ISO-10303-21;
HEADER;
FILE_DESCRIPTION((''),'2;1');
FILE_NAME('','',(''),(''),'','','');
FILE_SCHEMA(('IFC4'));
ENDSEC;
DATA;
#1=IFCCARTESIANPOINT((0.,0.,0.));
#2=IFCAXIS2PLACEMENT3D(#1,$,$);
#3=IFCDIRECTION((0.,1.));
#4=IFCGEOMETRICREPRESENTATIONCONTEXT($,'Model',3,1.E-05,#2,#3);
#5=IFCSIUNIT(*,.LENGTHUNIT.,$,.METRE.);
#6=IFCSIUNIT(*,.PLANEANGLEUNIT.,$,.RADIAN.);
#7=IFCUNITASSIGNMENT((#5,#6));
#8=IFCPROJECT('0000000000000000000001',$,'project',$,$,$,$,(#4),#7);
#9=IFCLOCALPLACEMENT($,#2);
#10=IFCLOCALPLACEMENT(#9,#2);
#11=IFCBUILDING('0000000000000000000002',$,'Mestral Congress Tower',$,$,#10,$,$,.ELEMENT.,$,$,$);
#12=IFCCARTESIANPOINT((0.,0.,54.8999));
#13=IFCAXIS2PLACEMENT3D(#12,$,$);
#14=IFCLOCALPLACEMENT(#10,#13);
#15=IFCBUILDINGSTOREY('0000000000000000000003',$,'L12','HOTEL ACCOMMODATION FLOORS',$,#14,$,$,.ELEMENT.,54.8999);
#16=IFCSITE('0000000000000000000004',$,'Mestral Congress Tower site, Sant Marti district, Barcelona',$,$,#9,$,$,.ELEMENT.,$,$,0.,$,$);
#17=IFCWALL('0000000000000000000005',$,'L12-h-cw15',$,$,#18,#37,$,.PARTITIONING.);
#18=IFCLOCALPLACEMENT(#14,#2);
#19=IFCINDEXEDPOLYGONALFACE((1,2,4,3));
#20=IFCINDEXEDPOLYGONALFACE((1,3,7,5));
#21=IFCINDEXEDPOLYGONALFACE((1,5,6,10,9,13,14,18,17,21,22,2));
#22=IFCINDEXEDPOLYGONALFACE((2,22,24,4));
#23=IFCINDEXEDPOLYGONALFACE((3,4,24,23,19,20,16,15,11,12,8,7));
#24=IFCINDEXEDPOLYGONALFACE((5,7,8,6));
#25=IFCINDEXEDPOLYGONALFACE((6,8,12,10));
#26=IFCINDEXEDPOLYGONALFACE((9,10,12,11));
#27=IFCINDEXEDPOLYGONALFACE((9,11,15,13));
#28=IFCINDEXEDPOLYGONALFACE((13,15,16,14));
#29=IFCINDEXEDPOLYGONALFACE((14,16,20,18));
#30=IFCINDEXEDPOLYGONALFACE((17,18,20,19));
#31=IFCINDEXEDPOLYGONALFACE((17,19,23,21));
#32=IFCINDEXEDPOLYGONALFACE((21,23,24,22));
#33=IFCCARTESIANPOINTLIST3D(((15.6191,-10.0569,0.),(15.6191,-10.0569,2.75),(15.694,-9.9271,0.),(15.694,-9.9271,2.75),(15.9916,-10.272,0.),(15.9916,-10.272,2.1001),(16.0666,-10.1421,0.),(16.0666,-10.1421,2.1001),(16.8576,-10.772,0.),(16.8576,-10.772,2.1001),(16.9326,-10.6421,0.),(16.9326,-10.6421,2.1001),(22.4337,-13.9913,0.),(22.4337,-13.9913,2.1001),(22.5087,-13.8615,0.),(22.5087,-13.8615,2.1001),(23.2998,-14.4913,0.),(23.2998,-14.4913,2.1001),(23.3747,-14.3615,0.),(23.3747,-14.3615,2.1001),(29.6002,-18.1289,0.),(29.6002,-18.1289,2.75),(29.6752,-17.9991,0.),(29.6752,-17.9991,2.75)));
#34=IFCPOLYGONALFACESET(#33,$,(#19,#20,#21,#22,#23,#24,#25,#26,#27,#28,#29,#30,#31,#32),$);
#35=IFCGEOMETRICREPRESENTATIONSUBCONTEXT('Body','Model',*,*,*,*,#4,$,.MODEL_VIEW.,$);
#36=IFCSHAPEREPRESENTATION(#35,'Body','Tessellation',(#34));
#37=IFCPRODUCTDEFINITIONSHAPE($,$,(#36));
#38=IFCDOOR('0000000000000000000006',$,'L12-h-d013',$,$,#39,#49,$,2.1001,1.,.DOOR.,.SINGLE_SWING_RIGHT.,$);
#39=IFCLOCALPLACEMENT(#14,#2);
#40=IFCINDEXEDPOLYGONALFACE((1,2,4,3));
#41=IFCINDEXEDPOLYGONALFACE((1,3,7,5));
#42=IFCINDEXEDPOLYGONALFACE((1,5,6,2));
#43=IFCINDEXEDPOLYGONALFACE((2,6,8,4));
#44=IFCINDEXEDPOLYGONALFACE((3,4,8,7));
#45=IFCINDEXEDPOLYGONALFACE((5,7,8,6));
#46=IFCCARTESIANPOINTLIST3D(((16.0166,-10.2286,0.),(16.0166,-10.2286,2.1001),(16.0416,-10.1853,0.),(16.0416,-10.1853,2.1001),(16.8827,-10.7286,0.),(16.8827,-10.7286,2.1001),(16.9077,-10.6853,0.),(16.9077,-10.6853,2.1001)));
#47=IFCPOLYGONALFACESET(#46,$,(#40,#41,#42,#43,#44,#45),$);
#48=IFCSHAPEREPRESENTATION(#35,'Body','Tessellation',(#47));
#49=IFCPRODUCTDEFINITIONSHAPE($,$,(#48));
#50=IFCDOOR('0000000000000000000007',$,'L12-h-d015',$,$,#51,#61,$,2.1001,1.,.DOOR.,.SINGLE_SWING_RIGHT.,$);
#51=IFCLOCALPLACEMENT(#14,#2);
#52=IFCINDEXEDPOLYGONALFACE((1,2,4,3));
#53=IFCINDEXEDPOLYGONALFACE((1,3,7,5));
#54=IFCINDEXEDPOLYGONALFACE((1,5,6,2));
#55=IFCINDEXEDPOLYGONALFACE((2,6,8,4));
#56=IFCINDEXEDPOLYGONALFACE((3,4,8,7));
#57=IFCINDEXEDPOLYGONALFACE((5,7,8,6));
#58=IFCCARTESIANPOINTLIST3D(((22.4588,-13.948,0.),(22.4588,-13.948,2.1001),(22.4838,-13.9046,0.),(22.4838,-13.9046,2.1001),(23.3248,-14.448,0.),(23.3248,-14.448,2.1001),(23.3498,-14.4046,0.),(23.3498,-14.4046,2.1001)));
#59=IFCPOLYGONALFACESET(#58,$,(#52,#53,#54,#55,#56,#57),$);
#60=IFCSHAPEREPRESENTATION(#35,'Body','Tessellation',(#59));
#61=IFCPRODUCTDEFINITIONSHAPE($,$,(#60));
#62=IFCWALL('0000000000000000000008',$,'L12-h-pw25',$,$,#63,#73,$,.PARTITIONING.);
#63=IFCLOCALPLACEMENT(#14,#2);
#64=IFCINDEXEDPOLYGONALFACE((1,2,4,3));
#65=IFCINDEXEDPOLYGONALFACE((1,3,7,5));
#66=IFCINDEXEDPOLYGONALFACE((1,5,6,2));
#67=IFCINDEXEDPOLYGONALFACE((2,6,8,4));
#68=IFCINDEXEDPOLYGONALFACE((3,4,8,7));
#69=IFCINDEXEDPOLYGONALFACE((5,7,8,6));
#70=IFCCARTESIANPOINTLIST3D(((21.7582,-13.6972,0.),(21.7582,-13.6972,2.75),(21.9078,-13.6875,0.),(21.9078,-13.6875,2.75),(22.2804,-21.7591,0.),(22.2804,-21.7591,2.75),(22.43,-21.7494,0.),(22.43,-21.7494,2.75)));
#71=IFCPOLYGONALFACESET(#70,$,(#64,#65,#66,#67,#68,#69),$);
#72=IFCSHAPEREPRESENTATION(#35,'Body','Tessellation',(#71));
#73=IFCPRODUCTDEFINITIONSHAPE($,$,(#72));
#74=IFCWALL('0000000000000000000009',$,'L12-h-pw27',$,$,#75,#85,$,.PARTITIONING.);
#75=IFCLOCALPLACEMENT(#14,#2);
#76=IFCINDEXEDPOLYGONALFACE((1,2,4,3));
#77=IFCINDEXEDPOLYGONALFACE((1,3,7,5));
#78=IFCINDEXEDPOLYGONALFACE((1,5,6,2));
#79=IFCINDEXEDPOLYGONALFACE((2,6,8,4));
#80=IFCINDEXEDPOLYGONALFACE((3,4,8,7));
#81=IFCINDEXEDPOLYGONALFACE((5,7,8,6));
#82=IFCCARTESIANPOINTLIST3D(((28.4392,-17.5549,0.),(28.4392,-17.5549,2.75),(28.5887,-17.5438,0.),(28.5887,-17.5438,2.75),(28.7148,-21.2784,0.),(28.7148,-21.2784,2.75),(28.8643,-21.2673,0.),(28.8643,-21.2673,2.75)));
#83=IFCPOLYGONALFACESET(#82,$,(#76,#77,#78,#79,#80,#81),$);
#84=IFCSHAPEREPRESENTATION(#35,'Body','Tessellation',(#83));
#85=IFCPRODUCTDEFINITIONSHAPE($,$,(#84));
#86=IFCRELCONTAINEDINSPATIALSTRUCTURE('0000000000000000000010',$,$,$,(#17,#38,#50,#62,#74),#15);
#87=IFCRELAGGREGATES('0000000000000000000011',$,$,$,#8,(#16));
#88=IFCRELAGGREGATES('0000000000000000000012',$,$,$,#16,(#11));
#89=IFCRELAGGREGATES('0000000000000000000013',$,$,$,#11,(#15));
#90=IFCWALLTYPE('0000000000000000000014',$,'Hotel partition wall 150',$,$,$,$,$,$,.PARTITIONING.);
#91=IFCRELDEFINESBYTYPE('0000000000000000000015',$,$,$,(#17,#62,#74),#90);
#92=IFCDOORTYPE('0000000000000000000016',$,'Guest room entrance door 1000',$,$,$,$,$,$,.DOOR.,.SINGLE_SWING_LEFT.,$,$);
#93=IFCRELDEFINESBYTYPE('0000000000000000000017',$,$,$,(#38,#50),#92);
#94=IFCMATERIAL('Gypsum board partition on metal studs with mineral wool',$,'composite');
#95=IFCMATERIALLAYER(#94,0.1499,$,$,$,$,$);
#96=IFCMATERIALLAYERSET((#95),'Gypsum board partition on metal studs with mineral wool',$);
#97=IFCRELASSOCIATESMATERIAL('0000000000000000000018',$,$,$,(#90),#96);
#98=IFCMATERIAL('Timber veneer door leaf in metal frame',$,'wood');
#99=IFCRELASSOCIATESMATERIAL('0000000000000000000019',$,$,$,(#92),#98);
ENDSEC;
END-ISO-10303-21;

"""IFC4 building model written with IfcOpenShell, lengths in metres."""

from ifc_helpers import new_model, si_unit, direction, frame, frame_2d, origin, place, context, subcontext, project, spatial, rectangle, extrude, material, layer, layer_set, type_object, element, fill, save


model = new_model("IFC4")

# Units and contexts
model_context = context("Model", 3, precision=1e-05, world=origin(), true_north=direction((0.0, 1.0)))
body_context = subcontext(model_context, "Body", "Model", "MODEL_VIEW")
ifc_project = project(units=[si_unit("LENGTHUNIT", "METRE"), si_unit("PLANEANGLEUNIT", "RADIAN")], contexts=[model_context])

# Site, building, storey
site_placement = place(None, origin())
site = spatial("IfcSite", under=ifc_project, at=site_placement, Name="Mestral Congress Tower site, Sant Marti district, Barcelona", CompositionType="ELEMENT", RefElevation=0.0)
building_placement = place(site_placement, origin())
building = spatial("IfcBuilding", under=site, at=building_placement, Name="Mestral Congress Tower", CompositionType="ELEMENT")
storey_placement = place(building_placement, frame((0.0, 0.0, 54.8999)))
storey = spatial("IfcBuildingStorey", under=building, at=storey_placement, Name="L12", Description="HOTEL ACCOMMODATION FLOORS", CompositionType="ELEMENT", Elevation=54.8999)

# Shared definitions
ifc_material_1 = material(Name="Gypsum board partition on metal studs with mineral wool", Category="composite")

# Wall, openings, doors
ifc_layer_1 = layer(ifc_material_1, 0.1499)
ifc_layer_set_1 = layer_set([ifc_layer_1], Name="Gypsum board partition on metal studs with mineral wool")
wall_type_1 = type_object("IfcWallType", Name="Hotel partition wall 150", PredefinedType="PARTITIONING", material=ifc_layer_set_1)
wall_1_placement = place(storey_placement, frame((29.6377, -18.064, 0.0), z_axis=(0.0, 0.0, 1.0), x_axis=(-0.866026, 0.499999, 0.0)))
wall_1 = element("IfcWall", 1, at=wall_1_placement, inside=storey, type_object=wall_type_1, Name="L12-h-cw15", PredefinedType="PARTITIONING", context=body_context, shape_type="SweptSolid", body=[
    extrude(rectangle(XDim=16.144, YDim=0.1499, at=frame_2d((8.072, 0.0))), origin(), (0.0, 0.0, 1.0), 2.75),
])
opening_1_placement = place(wall_1_placement, frame((14.7139, 0.0, 0.0)))
opening_1 = element("IfcOpeningElement", 2, at=opening_1_placement, cuts=wall_1, PredefinedType="OPENING", context=body_context, shape_type="SweptSolid", body=[
    extrude(rectangle(XDim=1.0, YDim=2.1001, at=frame_2d((0.5, 1.05))), frame((0.0, 0.085, 0.0), z_axis=(0.0, -1.0, 0.0), x_axis=(1.0, 0.0, 0.0)), (0.0, 0.0, 1.0), 0.1699),
])
opening_2_placement = place(wall_1_placement, frame((7.2751, 0.0, 0.0)))
opening_2 = element("IfcOpeningElement", 3, at=opening_2_placement, cuts=wall_1, PredefinedType="OPENING", context=body_context, shape_type="SweptSolid", body=[
    extrude(rectangle(XDim=1.0, YDim=2.1001, at=frame_2d((0.5, 1.05))), frame((0.0, 0.085, 0.0), z_axis=(0.0, -1.0, 0.0), x_axis=(1.0, 0.0, 0.0)), (0.0, 0.0, 1.0), 0.1699),
])
ifc_material_2 = material(Name="Timber veneer door leaf in metal frame", Category="wood")
door_type = type_object("IfcDoorType", Name="Guest room entrance door 1000", OperationType="SINGLE_SWING_LEFT", PredefinedType="DOOR", material=ifc_material_2)
door_1_placement = place(opening_1_placement, origin())
door_1 = element("IfcDoor", 4, at=door_1_placement, inside=storey, type_object=door_type, Name="L12-h-d013", OperationType="SINGLE_SWING_RIGHT", OverallHeight=2.1001, OverallWidth=1.0, PredefinedType="DOOR", context=body_context, shape_type="SweptSolid", body=[
    extrude(rectangle(XDim=1.0, YDim=2.1001, at=frame_2d((0.5, 1.05))), frame((0.0, 0.0249, 0.0), z_axis=(0.0, -1.0, 0.0), x_axis=(1.0, 0.0, 0.0)), (0.0, 0.0, 1.0), 0.05),
])
fill(opening_1, door_1)
door_2_placement = place(opening_2_placement, origin())
door_2 = element("IfcDoor", 5, at=door_2_placement, inside=storey, type_object=door_type, Name="L12-h-d015", OperationType="SINGLE_SWING_RIGHT", OverallHeight=2.1001, OverallWidth=1.0, PredefinedType="DOOR", context=body_context, shape_type="SweptSolid", body=[
    extrude(rectangle(XDim=1.0, YDim=2.1001, at=frame_2d((0.5, 1.05))), frame((0.0, 0.0249, 0.0), z_axis=(0.0, -1.0, 0.0), x_axis=(1.0, 0.0, 0.0)), (0.0, 0.0, 1.0), 0.05),
])
fill(opening_2, door_2)

# Walls
wall_2_placement = place(storey_placement, frame((22.3552, -21.7544, 0.0), z_axis=(0.0, 0.0, 1.0), x_axis=(-0.06464, 0.997909, 0.0)))
element("IfcWall", 6, at=wall_2_placement, inside=storey, type_object=wall_type_1, Name="L12-h-pw25", PredefinedType="PARTITIONING", context=body_context, shape_type="SweptSolid", body=[
    extrude(rectangle(XDim=8.0789, YDim=0.1499, at=frame_2d((4.0396, 0.0))), origin(), (0.0, 0.0, 1.0), 2.75),
])
wall_3_placement = place(storey_placement, frame((28.7896, -21.2727, 0.0), z_axis=(0.0, 0.0, 1.0), x_axis=(-0.073826, 0.997271, 0.0)))
element("IfcWall", 7, at=wall_3_placement, inside=storey, type_object=wall_type_1, Name="L12-h-pw27", PredefinedType="PARTITIONING", context=body_context, shape_type="SweptSolid", body=[
    extrude(rectangle(XDim=3.7336, YDim=0.1499, at=frame_2d((1.8667, 0.0))), origin(), (0.0, 0.0, 1.0), 2.75),
])

save(model, "model.ifc")
